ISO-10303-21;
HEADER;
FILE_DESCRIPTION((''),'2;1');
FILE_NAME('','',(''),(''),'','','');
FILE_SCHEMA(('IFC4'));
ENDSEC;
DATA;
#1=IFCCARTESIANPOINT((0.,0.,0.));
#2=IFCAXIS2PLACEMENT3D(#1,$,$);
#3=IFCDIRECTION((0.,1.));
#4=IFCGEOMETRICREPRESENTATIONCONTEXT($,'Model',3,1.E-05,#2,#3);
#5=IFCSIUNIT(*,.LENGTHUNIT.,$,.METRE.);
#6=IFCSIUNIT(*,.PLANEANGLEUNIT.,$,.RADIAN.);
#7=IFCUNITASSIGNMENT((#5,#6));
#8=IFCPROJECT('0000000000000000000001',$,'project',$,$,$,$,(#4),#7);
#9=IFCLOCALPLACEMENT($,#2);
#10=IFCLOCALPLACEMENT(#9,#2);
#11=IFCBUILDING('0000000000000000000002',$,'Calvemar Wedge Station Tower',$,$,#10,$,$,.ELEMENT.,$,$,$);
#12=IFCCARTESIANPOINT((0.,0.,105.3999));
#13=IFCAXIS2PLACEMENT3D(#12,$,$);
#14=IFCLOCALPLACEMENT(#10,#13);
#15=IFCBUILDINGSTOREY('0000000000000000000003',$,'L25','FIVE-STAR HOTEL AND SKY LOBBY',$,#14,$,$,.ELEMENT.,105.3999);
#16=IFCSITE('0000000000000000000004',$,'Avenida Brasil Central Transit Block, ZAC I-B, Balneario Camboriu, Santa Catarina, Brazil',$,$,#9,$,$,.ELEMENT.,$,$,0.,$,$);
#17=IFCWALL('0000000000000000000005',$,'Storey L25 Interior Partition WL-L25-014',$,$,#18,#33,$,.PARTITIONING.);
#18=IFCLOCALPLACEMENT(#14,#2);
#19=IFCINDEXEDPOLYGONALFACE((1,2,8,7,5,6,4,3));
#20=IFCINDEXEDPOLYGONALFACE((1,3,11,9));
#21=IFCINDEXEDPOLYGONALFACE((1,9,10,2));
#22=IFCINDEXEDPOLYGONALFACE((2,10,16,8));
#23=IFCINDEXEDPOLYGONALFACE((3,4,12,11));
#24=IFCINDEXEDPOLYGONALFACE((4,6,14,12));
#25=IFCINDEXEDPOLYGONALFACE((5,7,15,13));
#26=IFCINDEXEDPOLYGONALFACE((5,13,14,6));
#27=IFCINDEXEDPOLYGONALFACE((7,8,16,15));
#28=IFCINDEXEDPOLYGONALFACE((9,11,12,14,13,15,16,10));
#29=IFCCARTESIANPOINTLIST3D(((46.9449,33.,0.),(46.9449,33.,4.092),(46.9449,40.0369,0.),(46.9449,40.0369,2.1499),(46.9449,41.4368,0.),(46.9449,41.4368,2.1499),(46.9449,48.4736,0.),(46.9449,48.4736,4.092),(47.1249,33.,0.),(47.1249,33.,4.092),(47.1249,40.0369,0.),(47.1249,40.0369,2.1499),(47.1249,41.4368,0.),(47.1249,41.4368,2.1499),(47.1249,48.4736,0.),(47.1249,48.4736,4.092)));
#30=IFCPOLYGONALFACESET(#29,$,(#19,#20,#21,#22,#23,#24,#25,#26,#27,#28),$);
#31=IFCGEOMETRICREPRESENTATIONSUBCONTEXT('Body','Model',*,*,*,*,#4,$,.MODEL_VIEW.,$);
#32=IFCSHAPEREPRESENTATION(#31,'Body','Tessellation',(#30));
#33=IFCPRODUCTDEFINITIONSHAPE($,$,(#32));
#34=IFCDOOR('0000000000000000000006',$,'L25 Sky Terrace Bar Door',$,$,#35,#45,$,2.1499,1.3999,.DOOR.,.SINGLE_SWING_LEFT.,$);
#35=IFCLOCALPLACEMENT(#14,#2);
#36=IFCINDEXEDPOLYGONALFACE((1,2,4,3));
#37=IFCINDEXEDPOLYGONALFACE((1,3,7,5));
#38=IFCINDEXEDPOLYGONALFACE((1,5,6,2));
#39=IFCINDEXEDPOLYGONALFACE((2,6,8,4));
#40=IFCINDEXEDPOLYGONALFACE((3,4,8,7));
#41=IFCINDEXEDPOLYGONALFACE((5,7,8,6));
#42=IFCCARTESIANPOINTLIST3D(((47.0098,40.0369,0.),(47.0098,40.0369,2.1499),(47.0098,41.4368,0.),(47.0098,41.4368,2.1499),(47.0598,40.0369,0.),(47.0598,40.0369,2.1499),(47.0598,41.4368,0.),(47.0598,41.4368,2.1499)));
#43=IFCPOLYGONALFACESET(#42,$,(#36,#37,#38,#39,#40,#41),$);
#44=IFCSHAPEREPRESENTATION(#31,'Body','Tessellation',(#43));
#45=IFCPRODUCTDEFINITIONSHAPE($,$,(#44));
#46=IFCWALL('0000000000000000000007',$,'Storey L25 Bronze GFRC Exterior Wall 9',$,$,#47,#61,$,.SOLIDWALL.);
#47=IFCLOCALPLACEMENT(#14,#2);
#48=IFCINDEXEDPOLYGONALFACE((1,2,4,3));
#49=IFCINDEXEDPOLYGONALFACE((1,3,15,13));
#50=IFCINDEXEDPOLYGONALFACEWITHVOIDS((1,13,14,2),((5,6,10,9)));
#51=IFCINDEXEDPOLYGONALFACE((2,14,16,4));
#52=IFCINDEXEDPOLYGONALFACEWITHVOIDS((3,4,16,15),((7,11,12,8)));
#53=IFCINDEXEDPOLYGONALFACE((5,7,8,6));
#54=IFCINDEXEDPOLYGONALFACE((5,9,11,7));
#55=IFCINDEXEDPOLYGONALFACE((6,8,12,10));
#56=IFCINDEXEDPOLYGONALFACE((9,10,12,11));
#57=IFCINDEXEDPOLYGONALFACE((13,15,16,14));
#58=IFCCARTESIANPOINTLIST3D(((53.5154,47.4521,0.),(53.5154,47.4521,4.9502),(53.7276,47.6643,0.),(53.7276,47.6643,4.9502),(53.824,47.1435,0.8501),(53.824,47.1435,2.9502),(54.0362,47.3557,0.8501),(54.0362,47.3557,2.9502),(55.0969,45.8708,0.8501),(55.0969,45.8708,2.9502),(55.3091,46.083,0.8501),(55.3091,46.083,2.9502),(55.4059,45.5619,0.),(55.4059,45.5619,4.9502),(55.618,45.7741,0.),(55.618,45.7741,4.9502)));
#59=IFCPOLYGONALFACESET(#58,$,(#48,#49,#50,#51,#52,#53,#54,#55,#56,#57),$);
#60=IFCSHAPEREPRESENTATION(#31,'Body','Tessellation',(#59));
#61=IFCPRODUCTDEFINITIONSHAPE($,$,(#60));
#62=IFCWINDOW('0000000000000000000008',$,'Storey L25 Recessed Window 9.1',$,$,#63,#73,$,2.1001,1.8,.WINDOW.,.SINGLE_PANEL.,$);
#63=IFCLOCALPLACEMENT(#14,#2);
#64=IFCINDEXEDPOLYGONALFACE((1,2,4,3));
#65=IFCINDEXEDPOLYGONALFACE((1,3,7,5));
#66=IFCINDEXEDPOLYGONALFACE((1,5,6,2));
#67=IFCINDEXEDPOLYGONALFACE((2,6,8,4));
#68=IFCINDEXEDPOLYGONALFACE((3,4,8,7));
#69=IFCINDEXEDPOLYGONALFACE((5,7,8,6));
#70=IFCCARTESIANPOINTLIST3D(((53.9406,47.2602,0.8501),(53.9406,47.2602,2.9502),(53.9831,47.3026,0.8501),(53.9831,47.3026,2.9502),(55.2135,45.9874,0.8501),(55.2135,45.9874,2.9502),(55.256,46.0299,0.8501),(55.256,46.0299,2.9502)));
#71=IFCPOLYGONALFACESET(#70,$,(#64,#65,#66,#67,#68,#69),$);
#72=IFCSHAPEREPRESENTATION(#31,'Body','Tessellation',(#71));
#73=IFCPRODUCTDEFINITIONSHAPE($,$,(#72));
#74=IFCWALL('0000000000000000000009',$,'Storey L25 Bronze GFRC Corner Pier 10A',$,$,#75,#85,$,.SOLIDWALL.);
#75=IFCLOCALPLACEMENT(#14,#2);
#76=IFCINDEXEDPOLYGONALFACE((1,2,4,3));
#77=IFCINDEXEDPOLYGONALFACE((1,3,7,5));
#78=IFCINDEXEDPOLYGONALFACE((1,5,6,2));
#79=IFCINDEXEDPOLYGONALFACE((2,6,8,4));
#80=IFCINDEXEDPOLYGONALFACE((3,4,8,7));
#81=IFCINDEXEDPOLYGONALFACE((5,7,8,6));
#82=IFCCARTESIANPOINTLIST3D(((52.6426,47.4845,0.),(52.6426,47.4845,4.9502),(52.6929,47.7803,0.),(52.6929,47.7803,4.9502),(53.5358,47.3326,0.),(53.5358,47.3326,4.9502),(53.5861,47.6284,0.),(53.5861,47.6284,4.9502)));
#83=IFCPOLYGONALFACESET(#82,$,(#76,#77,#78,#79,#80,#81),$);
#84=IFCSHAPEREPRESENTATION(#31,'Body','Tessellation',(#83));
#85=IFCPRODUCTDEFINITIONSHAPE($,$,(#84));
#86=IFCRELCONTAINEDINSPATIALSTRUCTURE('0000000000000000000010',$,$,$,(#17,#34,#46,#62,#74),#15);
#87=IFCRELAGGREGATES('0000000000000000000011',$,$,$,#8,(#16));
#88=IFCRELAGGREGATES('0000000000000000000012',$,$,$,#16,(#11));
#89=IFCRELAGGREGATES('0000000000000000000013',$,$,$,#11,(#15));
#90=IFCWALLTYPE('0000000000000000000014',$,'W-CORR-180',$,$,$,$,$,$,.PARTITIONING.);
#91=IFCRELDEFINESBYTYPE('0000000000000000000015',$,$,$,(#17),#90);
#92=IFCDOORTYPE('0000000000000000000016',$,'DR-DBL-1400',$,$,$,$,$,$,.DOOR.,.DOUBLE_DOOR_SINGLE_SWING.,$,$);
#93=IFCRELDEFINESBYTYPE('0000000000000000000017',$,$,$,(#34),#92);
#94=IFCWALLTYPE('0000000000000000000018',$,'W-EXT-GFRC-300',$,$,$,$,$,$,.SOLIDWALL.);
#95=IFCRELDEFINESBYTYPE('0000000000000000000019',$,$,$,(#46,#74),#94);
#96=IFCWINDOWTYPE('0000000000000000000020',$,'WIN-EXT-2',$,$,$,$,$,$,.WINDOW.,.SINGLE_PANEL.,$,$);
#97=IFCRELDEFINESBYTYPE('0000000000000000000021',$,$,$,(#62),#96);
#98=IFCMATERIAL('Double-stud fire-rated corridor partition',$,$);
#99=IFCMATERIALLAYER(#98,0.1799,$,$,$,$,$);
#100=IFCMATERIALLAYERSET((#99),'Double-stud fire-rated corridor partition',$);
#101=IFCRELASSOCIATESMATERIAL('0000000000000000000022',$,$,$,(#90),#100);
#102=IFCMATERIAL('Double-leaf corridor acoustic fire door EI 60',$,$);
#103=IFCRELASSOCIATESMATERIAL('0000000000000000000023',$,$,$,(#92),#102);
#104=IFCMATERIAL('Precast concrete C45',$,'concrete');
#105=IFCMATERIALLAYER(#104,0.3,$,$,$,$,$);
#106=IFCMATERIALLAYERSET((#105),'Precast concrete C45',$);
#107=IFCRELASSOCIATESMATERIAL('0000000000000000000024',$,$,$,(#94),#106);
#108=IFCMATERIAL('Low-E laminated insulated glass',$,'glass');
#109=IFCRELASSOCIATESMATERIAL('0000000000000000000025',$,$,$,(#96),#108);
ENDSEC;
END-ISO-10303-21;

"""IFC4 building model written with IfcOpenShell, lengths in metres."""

from ifc_helpers import new_model, si_unit, direction, frame, frame_2d, origin, place, context, subcontext, project, spatial, rectangle, extrude, source, transform, mapped, material, layer, layer_set, type_object, element, fill, save


model = new_model("IFC4")

# Units and contexts
model_context = context("Model", 3, precision=1e-05, world=origin(), true_north=direction((0.0, 1.0)))
body_context = subcontext(model_context, "Body", "Model", "MODEL_VIEW")
ifc_project = project(units=[si_unit("LENGTHUNIT", "METRE"), si_unit("PLANEANGLEUNIT", "RADIAN")], contexts=[model_context])

# Site, building, storey
site_placement = place(None, origin())
site = spatial("IfcSite", under=ifc_project, at=site_placement, Name="Avenida Brasil Central Transit Block, ZAC I-B, Balneario Camboriu, Santa Catarina, Brazil", CompositionType="ELEMENT", RefElevation=0.0)
building_placement = place(site_placement, origin())
building = spatial("IfcBuilding", under=site, at=building_placement, Name="Calvemar Wedge Station Tower", CompositionType="ELEMENT")
storey_placement = place(building_placement, frame((0.0, 0.0, 105.3999)))
storey = spatial("IfcBuildingStorey", under=building, at=storey_placement, Name="L25", Description="FIVE-STAR HOTEL AND SKY LOBBY", CompositionType="ELEMENT", Elevation=105.3999)

# Shared definitions
ifc_material_1 = material(Name="Low-E laminated insulated glass", Category="glass")

# Wall, opening, door
ifc_material_2 = material(Name="Double-stud fire-rated corridor partition")
ifc_layer_1 = layer(ifc_material_2, 0.1799)
ifc_layer_set_1 = layer_set([ifc_layer_1], Name="Double-stud fire-rated corridor partition")
wall_type_1 = type_object("IfcWallType", Name="W-CORR-180", PredefinedType="PARTITIONING", material=ifc_layer_set_1)
wall_1_placement = place(storey_placement, frame((47.0349, 48.4736, 0.0), z_axis=(0.0, 0.0, 1.0), x_axis=(0.0, -1.0, 0.0)))
wall_1 = element("IfcWall", 1, at=wall_1_placement, inside=storey, type_object=wall_type_1, Name="Storey L25 Interior Partition WL-L25-014", PredefinedType="PARTITIONING", context=body_context, shape_type="SweptSolid", body=[
    extrude(rectangle(XDim=15.4736, YDim=0.1799, at=frame_2d((7.7368, 0.0))), origin(), (0.0, 0.0, 1.0), 4.092),
])
shared_shape_1 = source(origin(), body_context, "Body", "SweptSolid", [
    extrude(rectangle(XDim=1.3999, YDim=2.1499, at=frame_2d((0.7, 1.075))), frame((0.0, 0.1001, 0.0), z_axis=(0.0, -1.0, 0.0), x_axis=(1.0, 0.0, 0.0)), (0.0, 0.0, 1.0), 0.2),
])
opening_1_placement = place(wall_1_placement, frame((7.0369, 0.0, 0.0)))
opening_1 = element("IfcOpeningElement", 2, at=opening_1_placement, cuts=wall_1, PredefinedType="OPENING", context=body_context, shape_type="MappedRepresentation", body=[
    mapped(shared_shape_1, transform((0.0, 0.0, 0.0), scale=1.0)),
])
ifc_material_3 = material(Name="Double-leaf corridor acoustic fire door EI 60")
door_type = type_object("IfcDoorType", Name="DR-DBL-1400", OperationType="DOUBLE_DOOR_SINGLE_SWING", PredefinedType="DOOR", material=ifc_material_3)
shared_shape_2 = source(origin(), body_context, "Body", "SweptSolid", [
    extrude(rectangle(XDim=1.3999, YDim=2.1499, at=frame_2d((0.7, 1.075))), frame((0.0, 0.0249, 0.0), z_axis=(0.0, -1.0, 0.0), x_axis=(1.0, 0.0, 0.0)), (0.0, 0.0, 1.0), 0.05),
])
door_placement = place(opening_1_placement, origin())
door = element("IfcDoor", 3, at=door_placement, inside=storey, type_object=door_type, Name="L25 Sky Terrace Bar Door", OperationType="SINGLE_SWING_LEFT", OverallHeight=2.1499, OverallWidth=1.3999, PredefinedType="DOOR", context=body_context, shape_type="MappedRepresentation", body=[
    mapped(shared_shape_2, transform((0.0, 0.0, 0.0), scale=1.0)),
])
fill(opening_1, door)

# Wall, opening, window
ifc_material_4 = material(Name="Precast concrete C45", Category="concrete")
ifc_layer_2 = layer(ifc_material_4, 0.3)
ifc_layer_set_2 = layer_set([ifc_layer_2], Name="Precast concrete C45")
wall_type_2 = type_object("IfcWallType", Name="W-EXT-GFRC-300", PredefinedType="SOLIDWALL", material=ifc_layer_set_2)
wall_2_placement = place(storey_placement, frame((55.512, 45.668, 0.0), z_axis=(0.0, 0.0, 1.0), x_axis=(-0.707152, 0.707061, 0.0)))
wall_2 = element("IfcWall", 4, at=wall_2_placement, inside=storey, type_object=wall_type_2, Name="Storey L25 Bronze GFRC Exterior Wall 9", PredefinedType="SOLIDWALL", context=body_context, shape_type="SweptSolid", body=[
    extrude(rectangle(XDim=2.6733, YDim=0.3, at=frame_2d((1.3367, 0.0))), origin(), (0.0, 0.0, 1.0), 4.9502),
])
shared_shape_3 = source(origin(), body_context, "Body", "SweptSolid", [
    extrude(rectangle(XDim=1.8, YDim=2.1001, at=frame_2d((0.8999, 1.05))), frame((0.0, 0.1602, 0.0), z_axis=(0.0, -1.0, 0.0), x_axis=(1.0, 0.0, 0.0)), (0.0, 0.0, 1.0), 0.3201),
])
opening_2_placement = place(wall_2_placement, frame((0.437, 0.0, 0.8501)))
opening_2 = element("IfcOpeningElement", 5, at=opening_2_placement, cuts=wall_2, PredefinedType="OPENING", context=body_context, shape_type="MappedRepresentation", body=[
    mapped(shared_shape_3, transform((0.0, 0.0, 0.0), scale=1.0)),
])
window_type = type_object("IfcWindowType", Name="WIN-EXT-2", PartitioningType="SINGLE_PANEL", PredefinedType="WINDOW", material=ifc_material_1)
shared_shape_4 = source(origin(), body_context, "Body", "SweptSolid", [
    extrude(rectangle(XDim=1.8, YDim=2.1001, at=frame_2d((0.8999, 1.05))), frame((0.0, -0.0149, 0.0), z_axis=(0.0, -1.0, 0.0), x_axis=(1.0, 0.0, 0.0)), (0.0, 0.0, 1.0), 0.0601),
])
window_placement = place(opening_2_placement, origin())
window = element("IfcWindow", 6, at=window_placement, inside=storey, type_object=window_type, Name="Storey L25 Recessed Window 9.1", OverallHeight=2.1001, OverallWidth=1.8, PartitioningType="SINGLE_PANEL", PredefinedType="WINDOW", context=body_context, shape_type="MappedRepresentation", body=[
    mapped(shared_shape_4, transform((0.0, 0.0, 0.0), scale=1.0)),
])
fill(opening_2, window)

# Wall
wall_3_placement = place(storey_placement, frame((53.561, 47.4805, 0.0), z_axis=(0.0, 0.0, 1.0), x_axis=(-0.98585, 0.167632, 0.0)))
element("IfcWall", 7, at=wall_3_placement, inside=storey, type_object=wall_type_2, Name="Storey L25 Bronze GFRC Corner Pier 10A", PredefinedType="SOLIDWALL", context=body_context, shape_type="SweptSolid", body=[
    extrude(rectangle(XDim=0.906, YDim=0.3, at=frame_2d((0.4531, 0.0))), origin(), (0.0, 0.0, 1.0), 4.9502),
])

save(model, "model.ifc")
